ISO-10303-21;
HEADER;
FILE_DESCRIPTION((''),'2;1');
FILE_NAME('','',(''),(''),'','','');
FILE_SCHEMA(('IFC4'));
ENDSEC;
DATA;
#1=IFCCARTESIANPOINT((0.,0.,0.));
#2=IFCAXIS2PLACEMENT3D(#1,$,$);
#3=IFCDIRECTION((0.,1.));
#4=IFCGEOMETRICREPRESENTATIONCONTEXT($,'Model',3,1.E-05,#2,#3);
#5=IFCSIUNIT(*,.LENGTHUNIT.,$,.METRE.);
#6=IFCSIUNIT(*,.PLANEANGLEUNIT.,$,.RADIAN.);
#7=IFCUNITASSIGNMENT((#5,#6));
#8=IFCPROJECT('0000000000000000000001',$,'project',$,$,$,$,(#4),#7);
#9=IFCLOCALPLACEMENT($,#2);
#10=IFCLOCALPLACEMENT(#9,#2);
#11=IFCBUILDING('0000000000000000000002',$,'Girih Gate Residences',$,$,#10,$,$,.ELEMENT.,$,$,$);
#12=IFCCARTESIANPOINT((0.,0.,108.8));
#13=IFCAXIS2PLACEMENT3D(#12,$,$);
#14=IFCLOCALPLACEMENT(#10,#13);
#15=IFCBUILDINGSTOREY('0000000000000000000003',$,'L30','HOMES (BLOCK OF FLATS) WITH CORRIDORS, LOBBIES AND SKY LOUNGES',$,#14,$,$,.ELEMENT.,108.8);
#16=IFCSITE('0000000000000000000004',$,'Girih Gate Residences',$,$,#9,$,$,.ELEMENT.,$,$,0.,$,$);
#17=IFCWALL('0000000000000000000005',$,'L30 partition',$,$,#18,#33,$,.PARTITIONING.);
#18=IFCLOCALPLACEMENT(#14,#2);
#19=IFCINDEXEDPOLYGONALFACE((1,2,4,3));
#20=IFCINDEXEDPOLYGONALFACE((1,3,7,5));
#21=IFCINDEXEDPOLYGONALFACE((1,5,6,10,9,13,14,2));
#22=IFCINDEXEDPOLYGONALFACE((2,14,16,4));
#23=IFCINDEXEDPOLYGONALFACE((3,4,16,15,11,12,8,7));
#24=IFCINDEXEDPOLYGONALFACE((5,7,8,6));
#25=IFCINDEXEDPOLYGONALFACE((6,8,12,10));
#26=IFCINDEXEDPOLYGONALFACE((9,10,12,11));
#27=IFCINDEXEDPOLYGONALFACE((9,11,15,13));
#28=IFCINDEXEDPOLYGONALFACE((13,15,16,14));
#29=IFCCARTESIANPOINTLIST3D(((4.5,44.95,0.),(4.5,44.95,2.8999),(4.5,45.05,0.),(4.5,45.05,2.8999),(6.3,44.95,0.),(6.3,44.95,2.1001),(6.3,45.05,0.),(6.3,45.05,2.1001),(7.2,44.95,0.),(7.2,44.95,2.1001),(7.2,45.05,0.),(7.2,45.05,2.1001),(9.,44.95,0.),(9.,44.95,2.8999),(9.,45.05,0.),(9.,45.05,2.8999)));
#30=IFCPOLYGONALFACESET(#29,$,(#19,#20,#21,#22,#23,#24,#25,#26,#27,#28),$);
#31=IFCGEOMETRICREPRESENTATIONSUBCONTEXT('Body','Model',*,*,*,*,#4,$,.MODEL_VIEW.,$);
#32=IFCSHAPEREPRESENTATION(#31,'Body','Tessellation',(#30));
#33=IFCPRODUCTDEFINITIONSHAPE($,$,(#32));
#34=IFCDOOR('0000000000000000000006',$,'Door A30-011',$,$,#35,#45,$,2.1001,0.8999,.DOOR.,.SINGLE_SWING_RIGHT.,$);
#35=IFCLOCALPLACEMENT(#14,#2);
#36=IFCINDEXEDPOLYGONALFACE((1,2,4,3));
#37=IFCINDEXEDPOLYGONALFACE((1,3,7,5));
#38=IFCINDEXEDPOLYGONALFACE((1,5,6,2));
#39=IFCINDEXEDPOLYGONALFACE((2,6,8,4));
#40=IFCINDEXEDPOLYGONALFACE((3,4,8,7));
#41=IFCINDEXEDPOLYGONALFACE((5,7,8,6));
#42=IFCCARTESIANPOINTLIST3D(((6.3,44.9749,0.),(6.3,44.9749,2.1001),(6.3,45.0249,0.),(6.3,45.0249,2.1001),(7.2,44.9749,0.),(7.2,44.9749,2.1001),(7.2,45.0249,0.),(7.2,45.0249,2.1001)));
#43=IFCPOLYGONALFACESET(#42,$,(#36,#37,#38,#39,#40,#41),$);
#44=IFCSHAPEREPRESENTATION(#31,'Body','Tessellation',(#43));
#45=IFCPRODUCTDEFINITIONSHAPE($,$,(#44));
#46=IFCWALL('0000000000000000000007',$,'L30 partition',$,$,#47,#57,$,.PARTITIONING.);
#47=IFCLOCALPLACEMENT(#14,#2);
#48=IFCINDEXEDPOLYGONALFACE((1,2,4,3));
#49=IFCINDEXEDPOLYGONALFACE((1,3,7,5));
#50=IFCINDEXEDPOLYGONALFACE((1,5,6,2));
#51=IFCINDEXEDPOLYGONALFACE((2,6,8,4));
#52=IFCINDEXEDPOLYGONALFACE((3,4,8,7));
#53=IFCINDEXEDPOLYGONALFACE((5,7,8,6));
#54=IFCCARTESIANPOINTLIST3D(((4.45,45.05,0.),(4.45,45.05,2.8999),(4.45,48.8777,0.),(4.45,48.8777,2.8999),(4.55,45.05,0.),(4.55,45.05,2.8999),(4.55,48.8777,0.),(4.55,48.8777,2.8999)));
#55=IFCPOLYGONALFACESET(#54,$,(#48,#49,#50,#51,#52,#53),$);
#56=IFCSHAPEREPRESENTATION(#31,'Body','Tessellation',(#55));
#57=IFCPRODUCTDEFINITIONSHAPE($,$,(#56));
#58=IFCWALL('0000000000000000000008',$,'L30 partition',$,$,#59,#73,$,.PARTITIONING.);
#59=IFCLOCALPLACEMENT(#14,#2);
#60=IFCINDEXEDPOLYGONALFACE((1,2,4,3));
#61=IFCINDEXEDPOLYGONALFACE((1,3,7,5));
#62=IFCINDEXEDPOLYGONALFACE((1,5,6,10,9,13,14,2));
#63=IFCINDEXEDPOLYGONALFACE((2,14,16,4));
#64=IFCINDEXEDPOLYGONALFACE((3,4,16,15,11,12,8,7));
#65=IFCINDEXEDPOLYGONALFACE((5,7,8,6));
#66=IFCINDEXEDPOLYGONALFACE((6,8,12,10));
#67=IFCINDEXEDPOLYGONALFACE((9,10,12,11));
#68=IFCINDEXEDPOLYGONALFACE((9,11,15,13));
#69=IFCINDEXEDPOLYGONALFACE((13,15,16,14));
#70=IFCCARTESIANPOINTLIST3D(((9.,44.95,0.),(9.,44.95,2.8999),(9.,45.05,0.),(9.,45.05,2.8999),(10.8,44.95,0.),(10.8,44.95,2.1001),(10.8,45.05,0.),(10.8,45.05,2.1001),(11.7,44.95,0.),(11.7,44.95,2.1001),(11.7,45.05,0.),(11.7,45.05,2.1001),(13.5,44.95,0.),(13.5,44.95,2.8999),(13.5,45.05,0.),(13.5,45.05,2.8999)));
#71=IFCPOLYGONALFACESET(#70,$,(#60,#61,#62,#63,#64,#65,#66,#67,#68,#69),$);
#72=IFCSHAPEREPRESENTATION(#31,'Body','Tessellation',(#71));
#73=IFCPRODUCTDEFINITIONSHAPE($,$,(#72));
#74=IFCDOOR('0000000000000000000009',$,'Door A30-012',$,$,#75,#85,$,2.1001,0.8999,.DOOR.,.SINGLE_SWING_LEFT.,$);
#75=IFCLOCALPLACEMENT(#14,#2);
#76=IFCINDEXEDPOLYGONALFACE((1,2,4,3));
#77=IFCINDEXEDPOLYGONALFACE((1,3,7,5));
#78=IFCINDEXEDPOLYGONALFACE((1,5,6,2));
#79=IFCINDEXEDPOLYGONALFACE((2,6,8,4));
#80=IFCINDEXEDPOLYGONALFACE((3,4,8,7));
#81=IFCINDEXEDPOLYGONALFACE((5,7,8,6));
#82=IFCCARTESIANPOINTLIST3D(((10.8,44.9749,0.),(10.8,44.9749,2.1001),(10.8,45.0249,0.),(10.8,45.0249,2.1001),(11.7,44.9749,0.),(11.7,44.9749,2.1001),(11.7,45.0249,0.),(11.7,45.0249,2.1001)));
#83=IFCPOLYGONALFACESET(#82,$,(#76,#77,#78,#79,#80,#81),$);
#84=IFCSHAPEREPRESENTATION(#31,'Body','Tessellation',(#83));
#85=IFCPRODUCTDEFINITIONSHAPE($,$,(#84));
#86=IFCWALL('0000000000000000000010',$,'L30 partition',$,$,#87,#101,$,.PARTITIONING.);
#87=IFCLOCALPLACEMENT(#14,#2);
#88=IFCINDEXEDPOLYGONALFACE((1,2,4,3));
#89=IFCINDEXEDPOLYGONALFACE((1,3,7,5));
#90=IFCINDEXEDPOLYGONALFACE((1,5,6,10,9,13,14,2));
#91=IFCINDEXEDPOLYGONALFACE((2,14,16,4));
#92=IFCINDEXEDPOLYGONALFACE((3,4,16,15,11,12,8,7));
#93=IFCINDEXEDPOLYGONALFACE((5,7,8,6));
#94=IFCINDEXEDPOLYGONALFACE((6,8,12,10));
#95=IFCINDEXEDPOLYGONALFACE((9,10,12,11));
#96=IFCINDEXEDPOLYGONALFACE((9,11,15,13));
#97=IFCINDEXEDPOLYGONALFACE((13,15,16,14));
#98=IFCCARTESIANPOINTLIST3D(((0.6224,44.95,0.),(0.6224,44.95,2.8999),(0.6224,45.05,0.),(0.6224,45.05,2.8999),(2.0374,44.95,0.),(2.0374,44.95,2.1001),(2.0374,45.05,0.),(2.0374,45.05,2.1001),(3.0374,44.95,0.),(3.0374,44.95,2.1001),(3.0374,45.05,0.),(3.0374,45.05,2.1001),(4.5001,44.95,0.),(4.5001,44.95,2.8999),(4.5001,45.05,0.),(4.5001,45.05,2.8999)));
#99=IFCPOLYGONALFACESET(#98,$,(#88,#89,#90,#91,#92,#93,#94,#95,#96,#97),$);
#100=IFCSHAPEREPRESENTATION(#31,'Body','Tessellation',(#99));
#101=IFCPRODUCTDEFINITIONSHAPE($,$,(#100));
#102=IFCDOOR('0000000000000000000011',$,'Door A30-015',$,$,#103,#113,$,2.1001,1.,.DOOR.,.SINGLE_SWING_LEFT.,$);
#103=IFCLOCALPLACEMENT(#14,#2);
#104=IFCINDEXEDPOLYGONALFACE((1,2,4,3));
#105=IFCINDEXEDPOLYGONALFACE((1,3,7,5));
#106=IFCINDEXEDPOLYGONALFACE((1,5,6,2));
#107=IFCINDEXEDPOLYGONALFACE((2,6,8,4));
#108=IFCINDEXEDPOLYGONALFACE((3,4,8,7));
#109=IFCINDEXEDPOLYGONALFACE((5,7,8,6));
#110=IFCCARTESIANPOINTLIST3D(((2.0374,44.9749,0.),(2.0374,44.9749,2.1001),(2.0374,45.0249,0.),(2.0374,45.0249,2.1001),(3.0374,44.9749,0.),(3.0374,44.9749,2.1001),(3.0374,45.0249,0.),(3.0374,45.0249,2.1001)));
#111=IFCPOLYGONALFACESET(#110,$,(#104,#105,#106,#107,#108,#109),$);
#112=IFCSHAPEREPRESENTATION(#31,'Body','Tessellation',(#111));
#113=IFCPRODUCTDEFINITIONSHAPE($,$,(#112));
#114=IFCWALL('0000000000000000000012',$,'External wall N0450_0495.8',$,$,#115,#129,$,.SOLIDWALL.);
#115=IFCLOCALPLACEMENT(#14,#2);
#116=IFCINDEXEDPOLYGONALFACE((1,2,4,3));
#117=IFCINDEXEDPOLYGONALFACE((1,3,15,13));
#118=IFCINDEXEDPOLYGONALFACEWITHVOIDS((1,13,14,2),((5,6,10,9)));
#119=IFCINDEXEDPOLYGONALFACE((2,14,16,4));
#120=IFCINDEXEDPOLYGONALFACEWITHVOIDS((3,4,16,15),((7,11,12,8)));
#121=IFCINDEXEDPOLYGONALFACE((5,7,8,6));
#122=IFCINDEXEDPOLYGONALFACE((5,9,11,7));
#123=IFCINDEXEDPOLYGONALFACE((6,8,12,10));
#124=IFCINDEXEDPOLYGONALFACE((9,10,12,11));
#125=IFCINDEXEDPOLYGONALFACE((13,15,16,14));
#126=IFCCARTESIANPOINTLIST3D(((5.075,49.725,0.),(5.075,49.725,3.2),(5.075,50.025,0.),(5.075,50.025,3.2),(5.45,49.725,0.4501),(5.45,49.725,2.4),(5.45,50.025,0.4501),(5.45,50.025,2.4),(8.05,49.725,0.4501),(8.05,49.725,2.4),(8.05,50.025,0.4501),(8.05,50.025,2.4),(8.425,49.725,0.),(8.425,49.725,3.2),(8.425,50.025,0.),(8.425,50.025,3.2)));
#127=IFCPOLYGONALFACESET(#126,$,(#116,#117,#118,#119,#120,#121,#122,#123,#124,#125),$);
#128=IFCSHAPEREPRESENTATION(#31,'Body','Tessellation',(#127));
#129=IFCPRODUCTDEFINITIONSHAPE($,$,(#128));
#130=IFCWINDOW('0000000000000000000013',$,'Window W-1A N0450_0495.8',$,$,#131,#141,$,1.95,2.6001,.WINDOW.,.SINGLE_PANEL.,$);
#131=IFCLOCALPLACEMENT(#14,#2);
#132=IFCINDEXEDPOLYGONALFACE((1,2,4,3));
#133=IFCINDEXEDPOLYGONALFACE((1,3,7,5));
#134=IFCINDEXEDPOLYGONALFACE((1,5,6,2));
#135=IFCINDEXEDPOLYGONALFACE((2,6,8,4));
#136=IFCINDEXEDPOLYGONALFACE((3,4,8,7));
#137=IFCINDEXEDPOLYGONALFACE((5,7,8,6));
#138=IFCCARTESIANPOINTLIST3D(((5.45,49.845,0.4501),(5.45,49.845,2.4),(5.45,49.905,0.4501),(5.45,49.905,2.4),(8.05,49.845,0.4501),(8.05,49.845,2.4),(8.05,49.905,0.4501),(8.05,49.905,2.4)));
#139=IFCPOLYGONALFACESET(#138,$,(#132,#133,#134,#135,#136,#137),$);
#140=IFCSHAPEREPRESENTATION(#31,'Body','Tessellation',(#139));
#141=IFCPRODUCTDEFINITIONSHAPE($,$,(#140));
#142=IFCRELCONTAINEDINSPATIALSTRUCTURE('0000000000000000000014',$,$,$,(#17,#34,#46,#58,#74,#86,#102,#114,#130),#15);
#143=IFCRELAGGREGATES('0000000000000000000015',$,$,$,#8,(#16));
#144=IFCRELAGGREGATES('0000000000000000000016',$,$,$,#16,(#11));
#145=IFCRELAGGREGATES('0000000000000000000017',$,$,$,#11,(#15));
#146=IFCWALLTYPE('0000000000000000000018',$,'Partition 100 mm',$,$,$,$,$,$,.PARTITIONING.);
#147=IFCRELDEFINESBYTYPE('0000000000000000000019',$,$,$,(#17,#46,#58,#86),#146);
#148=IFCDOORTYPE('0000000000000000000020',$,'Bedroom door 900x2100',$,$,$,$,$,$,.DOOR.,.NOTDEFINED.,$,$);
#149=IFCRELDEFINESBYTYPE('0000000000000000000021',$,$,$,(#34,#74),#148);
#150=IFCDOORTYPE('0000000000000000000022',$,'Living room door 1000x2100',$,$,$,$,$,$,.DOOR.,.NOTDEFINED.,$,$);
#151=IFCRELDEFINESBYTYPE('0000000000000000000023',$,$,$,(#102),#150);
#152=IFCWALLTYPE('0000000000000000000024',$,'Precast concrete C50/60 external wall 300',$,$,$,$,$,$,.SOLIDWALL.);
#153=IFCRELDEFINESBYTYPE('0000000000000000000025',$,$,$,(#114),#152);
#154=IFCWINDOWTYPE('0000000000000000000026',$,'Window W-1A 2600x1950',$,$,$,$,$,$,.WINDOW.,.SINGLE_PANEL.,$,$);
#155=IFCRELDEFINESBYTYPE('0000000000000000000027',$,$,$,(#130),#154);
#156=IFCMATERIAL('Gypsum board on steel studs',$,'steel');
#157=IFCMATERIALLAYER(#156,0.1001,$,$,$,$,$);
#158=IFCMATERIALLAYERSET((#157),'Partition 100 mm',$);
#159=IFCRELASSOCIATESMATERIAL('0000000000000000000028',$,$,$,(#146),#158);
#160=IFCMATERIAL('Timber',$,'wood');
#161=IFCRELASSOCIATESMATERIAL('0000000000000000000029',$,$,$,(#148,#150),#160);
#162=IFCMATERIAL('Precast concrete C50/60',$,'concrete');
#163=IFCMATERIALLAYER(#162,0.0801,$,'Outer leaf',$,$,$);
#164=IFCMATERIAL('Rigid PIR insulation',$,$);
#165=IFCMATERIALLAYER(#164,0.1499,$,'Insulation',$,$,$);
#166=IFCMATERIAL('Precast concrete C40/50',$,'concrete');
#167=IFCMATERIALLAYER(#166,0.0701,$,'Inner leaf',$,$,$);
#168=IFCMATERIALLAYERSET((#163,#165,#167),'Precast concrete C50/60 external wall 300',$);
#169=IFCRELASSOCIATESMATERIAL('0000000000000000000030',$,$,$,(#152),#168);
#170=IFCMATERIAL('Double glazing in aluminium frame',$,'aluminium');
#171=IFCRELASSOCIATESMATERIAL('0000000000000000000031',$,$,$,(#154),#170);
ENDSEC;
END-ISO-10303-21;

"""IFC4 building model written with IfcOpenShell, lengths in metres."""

from ifc_helpers import new_model, si_unit, direction, frame, frame_2d, origin, place, context, subcontext, project, spatial, rectangle, extrude, material, layer, layer_set, type_object, element, fill, save


model = new_model("IFC4")

# Units and contexts
model_context = context("Model", 3, precision=1e-05, world=origin(), true_north=direction((0.0, 1.0)))
body_context = subcontext(model_context, "Body", "Model", "MODEL_VIEW")
ifc_project = project(units=[si_unit("LENGTHUNIT", "METRE"), si_unit("PLANEANGLEUNIT", "RADIAN")], contexts=[model_context])

# Site, building, storey
site_placement = place(None, origin())
site = spatial("IfcSite", under=ifc_project, at=site_placement, Name="Girih Gate Residences", CompositionType="ELEMENT", RefElevation=0.0)
building_placement = place(site_placement, origin())
building = spatial("IfcBuilding", under=site, at=building_placement, Name="Girih Gate Residences", CompositionType="ELEMENT")
storey_placement = place(building_placement, frame((0.0, 0.0, 108.8)))
storey = spatial("IfcBuildingStorey", under=building, at=storey_placement, Name="L30", Description="HOMES (BLOCK OF FLATS) WITH CORRIDORS, LOBBIES AND SKY LOUNGES", CompositionType="ELEMENT", Elevation=108.8)

# Shared definitions
ifc_material_1 = material(Name="Gypsum board on steel studs", Category="steel")

# Shared definitions
ifc_layer_1 = layer(ifc_material_1, 0.1001)
ifc_layer_set_1 = layer_set([ifc_layer_1], Name="Partition 100 mm")
wall_type_1 = type_object("IfcWallType", Name="Partition 100 mm", PredefinedType="PARTITIONING", material=ifc_layer_set_1)

# Wall, opening, door
wall_1_placement = place(storey_placement, frame((4.5, 45.0, 0.0), z_axis=(0.0, 0.0, 1.0), x_axis=(1.0, 0.0, 0.0)))
wall_1 = element("IfcWall", 1, at=wall_1_placement, inside=storey, type_object=wall_type_1, Name="L30 partition", PredefinedType="PARTITIONING", context=body_context, shape_type="SweptSolid", body=[
    extrude(rectangle(XDim=4.5, YDim=0.1001, at=frame_2d((2.25, 0.0))), origin(), (0.0, 0.0, 1.0), 2.8999),
])
opening_1_placement = place(wall_1_placement, frame((1.8, 0.0, 0.0)))
opening_1 = element("IfcOpeningElement", 2, at=opening_1_placement, cuts=wall_1, PredefinedType="OPENING", context=body_context, shape_type="SweptSolid", body=[
    extrude(rectangle(XDim=0.8999, YDim=2.1001, at=frame_2d((0.45, 1.05))), frame((0.0, 0.0601, 0.0), z_axis=(0.0, -1.0, 0.0), x_axis=(1.0, 0.0, 0.0)), (0.0, 0.0, 1.0), 0.1201),
])
ifc_material_2 = material(Name="Timber", Category="wood")
door_type_1 = type_object("IfcDoorType", Name="Bedroom door 900x2100", OperationType="NOTDEFINED", PredefinedType="DOOR", material=ifc_material_2)
door_1_placement = place(opening_1_placement, origin())
door_1 = element("IfcDoor", 3, at=door_1_placement, inside=storey, type_object=door_type_1, Name="Door A30-011", OperationType="SINGLE_SWING_RIGHT", OverallHeight=2.1001, OverallWidth=0.8999, PredefinedType="DOOR", context=body_context, shape_type="SweptSolid", body=[
    extrude(rectangle(XDim=0.8999, YDim=2.1001, at=frame_2d((0.45, 1.05))), frame((0.0, 0.0249, 0.0), z_axis=(0.0, -1.0, 0.0), x_axis=(1.0, 0.0, 0.0)), (0.0, 0.0, 1.0), 0.05),
])
fill(opening_1, door_1)

# Wall
wall_2_placement = place(storey_placement, frame((4.5, 45.05, 0.0), z_axis=(0.0, 0.0, 1.0), x_axis=(0.0, 1.0, 0.0)))
element("IfcWall", 4, at=wall_2_placement, inside=storey, type_object=wall_type_1, Name="L30 partition", PredefinedType="PARTITIONING", context=body_context, shape_type="SweptSolid", body=[
    extrude(rectangle(XDim=3.8276, YDim=0.1001, at=frame_2d((1.9138, 0.0))), origin(), (0.0, 0.0, 1.0), 2.8999),
])

# Walls, openings, doors
wall_3_placement = place(storey_placement, frame((9.0, 45.0, 0.0), z_axis=(0.0, 0.0, 1.0), x_axis=(1.0, 0.0, 0.0)))
wall_3 = element("IfcWall", 5, at=wall_3_placement, inside=storey, type_object=wall_type_1, Name="L30 partition", PredefinedType="PARTITIONING", context=body_context, shape_type="SweptSolid", body=[
    extrude(rectangle(XDim=4.5, YDim=0.1001, at=frame_2d((2.25, 0.0))), origin(), (0.0, 0.0, 1.0), 2.8999),
])
opening_2_placement = place(wall_3_placement, frame((1.8, 0.0, 0.0)))
opening_2 = element("IfcOpeningElement", 6, at=opening_2_placement, cuts=wall_3, PredefinedType="OPENING", context=body_context, shape_type="SweptSolid", body=[
    extrude(rectangle(XDim=0.8999, YDim=2.1001, at=frame_2d((0.45, 1.05))), frame((0.0, 0.0601, 0.0), z_axis=(0.0, -1.0, 0.0), x_axis=(1.0, 0.0, 0.0)), (0.0, 0.0, 1.0), 0.1201),
])
door_2_placement = place(opening_2_placement, origin())
door_2 = element("IfcDoor", 7, at=door_2_placement, inside=storey, type_object=door_type_1, Name="Door A30-012", OperationType="SINGLE_SWING_LEFT", OverallHeight=2.1001, OverallWidth=0.8999, PredefinedType="DOOR", context=body_context, shape_type="SweptSolid", body=[
    extrude(rectangle(XDim=0.8999, YDim=2.1001, at=frame_2d((0.45, 1.05))), frame((0.0, 0.0249, 0.0), z_axis=(0.0, -1.0, 0.0), x_axis=(1.0, 0.0, 0.0)), (0.0, 0.0, 1.0), 0.05),
])
fill(opening_2, door_2)
wall_4_placement = place(storey_placement, frame((0.6223, 45.0, 0.0), z_axis=(0.0, 0.0, 1.0), x_axis=(1.0, 0.0, 0.0)))
wall_4 = element("IfcWall", 8, at=wall_4_placement, inside=storey, type_object=wall_type_1, Name="L30 partition", PredefinedType="PARTITIONING", context=body_context, shape_type="SweptSolid", body=[
    extrude(rectangle(XDim=3.8777, YDim=0.1001, at=frame_2d((1.939, 0.0))), origin(), (0.0, 0.0, 1.0), 2.8999),
])
opening_3_placement = place(wall_4_placement, frame((1.415, 0.0, 0.0)))
opening_3 = element("IfcOpeningElement", 9, at=opening_3_placement, cuts=wall_4, PredefinedType="OPENING", context=body_context, shape_type="SweptSolid", body=[
    extrude(rectangle(XDim=1.0, YDim=2.1001, at=frame_2d((0.5, 1.05))), frame((0.0, 0.0601, 0.0), z_axis=(0.0, -1.0, 0.0), x_axis=(1.0, 0.0, 0.0)), (0.0, 0.0, 1.0), 0.1201),
])
door_type_2 = type_object("IfcDoorType", Name="Living room door 1000x2100", OperationType="NOTDEFINED", PredefinedType="DOOR", material=ifc_material_2)
door_3_placement = place(opening_3_placement, origin())
door_3 = element("IfcDoor", 10, at=door_3_placement, inside=storey, type_object=door_type_2, Name="Door A30-015", OperationType="SINGLE_SWING_LEFT", OverallHeight=2.1001, OverallWidth=1.0, PredefinedType="DOOR", context=body_context, shape_type="SweptSolid", body=[
    extrude(rectangle(XDim=1.0, YDim=2.1001, at=frame_2d((0.5, 1.05))), frame((0.0, 0.0249, 0.0), z_axis=(0.0, -1.0, 0.0), x_axis=(1.0, 0.0, 0.0)), (0.0, 0.0, 1.0), 0.05),
])
fill(opening_3, door_3)

# Wall, opening, window
ifc_material_3 = material(Name="Precast concrete C50/60", Category="concrete")
ifc_layer_2 = layer(ifc_material_3, 0.0801, Name="Outer leaf")
ifc_material_4 = material(Name="Rigid PIR insulation")
ifc_layer_3 = layer(ifc_material_4, 0.1499, Name="Insulation")
ifc_material_5 = material(Name="Precast concrete C40/50", Category="concrete")
ifc_layer_4 = layer(ifc_material_5, 0.0701, Name="Inner leaf")
ifc_layer_set_2 = layer_set([ifc_layer_2, ifc_layer_3, ifc_layer_4], Name="Precast concrete C50/60 external wall 300")
wall_type_2 = type_object("IfcWallType", Name="Precast concrete C50/60 external wall 300", PredefinedType="SOLIDWALL", material=ifc_layer_set_2)
wall_5_placement = place(storey_placement, frame((5.075, 49.875, 0.0), z_axis=(0.0, 0.0, 1.0), x_axis=(1.0, 0.0, 0.0)))
wall_5 = element("IfcWall", 11, at=wall_5_placement, inside=storey, type_object=wall_type_2, Name="External wall N0450_0495.8", PredefinedType="SOLIDWALL", context=body_context, shape_type="SweptSolid", body=[
    extrude(rectangle(XDim=3.3501, YDim=0.3, at=frame_2d((1.675, 0.0))), origin(), (0.0, 0.0, 1.0), 3.2),
])
opening_4_placement = place(wall_5_placement, frame((0.375, 0.0, 0.45)))
opening_4 = element("IfcOpeningElement", 12, at=opening_4_placement, cuts=wall_5, PredefinedType="OPENING", context=body_context, shape_type="SweptSolid", body=[
    extrude(rectangle(XDim=2.6001, YDim=1.95, at=frame_2d((1.3, 0.9751))), frame((0.0, 0.1599, 0.0), z_axis=(0.0, -1.0, 0.0), x_axis=(1.0, 0.0, 0.0)), (0.0, 0.0, 1.0), 0.3201),
])
ifc_material_6 = material(Name="Double glazing in aluminium frame", Category="aluminium")
window_type_1 = type_object("IfcWindowType", Name="Window W-1A 2600x1950", PartitioningType="SINGLE_PANEL", PredefinedType="WINDOW", material=ifc_material_6)
window_1_placement = place(opening_4_placement, origin())
window_1 = element("IfcWindow", 13, at=window_1_placement, inside=storey, type_object=window_type_1, Name="Window W-1A N0450_0495.8", OverallHeight=1.95, OverallWidth=2.6001, PartitioningType="SINGLE_PANEL", PredefinedType="WINDOW", context=body_context, shape_type="SweptSolid", body=[
    extrude(rectangle(XDim=2.6001, YDim=1.95, at=frame_2d((1.3, 0.9751))), frame((0.0, 0.03, 0.0), z_axis=(0.0, -1.0, 0.0), x_axis=(1.0, 0.0, 0.0)), (0.0, 0.0, 1.0), 0.0601),
])
fill(opening_4, window_1)

save(model, "model.ifc")
